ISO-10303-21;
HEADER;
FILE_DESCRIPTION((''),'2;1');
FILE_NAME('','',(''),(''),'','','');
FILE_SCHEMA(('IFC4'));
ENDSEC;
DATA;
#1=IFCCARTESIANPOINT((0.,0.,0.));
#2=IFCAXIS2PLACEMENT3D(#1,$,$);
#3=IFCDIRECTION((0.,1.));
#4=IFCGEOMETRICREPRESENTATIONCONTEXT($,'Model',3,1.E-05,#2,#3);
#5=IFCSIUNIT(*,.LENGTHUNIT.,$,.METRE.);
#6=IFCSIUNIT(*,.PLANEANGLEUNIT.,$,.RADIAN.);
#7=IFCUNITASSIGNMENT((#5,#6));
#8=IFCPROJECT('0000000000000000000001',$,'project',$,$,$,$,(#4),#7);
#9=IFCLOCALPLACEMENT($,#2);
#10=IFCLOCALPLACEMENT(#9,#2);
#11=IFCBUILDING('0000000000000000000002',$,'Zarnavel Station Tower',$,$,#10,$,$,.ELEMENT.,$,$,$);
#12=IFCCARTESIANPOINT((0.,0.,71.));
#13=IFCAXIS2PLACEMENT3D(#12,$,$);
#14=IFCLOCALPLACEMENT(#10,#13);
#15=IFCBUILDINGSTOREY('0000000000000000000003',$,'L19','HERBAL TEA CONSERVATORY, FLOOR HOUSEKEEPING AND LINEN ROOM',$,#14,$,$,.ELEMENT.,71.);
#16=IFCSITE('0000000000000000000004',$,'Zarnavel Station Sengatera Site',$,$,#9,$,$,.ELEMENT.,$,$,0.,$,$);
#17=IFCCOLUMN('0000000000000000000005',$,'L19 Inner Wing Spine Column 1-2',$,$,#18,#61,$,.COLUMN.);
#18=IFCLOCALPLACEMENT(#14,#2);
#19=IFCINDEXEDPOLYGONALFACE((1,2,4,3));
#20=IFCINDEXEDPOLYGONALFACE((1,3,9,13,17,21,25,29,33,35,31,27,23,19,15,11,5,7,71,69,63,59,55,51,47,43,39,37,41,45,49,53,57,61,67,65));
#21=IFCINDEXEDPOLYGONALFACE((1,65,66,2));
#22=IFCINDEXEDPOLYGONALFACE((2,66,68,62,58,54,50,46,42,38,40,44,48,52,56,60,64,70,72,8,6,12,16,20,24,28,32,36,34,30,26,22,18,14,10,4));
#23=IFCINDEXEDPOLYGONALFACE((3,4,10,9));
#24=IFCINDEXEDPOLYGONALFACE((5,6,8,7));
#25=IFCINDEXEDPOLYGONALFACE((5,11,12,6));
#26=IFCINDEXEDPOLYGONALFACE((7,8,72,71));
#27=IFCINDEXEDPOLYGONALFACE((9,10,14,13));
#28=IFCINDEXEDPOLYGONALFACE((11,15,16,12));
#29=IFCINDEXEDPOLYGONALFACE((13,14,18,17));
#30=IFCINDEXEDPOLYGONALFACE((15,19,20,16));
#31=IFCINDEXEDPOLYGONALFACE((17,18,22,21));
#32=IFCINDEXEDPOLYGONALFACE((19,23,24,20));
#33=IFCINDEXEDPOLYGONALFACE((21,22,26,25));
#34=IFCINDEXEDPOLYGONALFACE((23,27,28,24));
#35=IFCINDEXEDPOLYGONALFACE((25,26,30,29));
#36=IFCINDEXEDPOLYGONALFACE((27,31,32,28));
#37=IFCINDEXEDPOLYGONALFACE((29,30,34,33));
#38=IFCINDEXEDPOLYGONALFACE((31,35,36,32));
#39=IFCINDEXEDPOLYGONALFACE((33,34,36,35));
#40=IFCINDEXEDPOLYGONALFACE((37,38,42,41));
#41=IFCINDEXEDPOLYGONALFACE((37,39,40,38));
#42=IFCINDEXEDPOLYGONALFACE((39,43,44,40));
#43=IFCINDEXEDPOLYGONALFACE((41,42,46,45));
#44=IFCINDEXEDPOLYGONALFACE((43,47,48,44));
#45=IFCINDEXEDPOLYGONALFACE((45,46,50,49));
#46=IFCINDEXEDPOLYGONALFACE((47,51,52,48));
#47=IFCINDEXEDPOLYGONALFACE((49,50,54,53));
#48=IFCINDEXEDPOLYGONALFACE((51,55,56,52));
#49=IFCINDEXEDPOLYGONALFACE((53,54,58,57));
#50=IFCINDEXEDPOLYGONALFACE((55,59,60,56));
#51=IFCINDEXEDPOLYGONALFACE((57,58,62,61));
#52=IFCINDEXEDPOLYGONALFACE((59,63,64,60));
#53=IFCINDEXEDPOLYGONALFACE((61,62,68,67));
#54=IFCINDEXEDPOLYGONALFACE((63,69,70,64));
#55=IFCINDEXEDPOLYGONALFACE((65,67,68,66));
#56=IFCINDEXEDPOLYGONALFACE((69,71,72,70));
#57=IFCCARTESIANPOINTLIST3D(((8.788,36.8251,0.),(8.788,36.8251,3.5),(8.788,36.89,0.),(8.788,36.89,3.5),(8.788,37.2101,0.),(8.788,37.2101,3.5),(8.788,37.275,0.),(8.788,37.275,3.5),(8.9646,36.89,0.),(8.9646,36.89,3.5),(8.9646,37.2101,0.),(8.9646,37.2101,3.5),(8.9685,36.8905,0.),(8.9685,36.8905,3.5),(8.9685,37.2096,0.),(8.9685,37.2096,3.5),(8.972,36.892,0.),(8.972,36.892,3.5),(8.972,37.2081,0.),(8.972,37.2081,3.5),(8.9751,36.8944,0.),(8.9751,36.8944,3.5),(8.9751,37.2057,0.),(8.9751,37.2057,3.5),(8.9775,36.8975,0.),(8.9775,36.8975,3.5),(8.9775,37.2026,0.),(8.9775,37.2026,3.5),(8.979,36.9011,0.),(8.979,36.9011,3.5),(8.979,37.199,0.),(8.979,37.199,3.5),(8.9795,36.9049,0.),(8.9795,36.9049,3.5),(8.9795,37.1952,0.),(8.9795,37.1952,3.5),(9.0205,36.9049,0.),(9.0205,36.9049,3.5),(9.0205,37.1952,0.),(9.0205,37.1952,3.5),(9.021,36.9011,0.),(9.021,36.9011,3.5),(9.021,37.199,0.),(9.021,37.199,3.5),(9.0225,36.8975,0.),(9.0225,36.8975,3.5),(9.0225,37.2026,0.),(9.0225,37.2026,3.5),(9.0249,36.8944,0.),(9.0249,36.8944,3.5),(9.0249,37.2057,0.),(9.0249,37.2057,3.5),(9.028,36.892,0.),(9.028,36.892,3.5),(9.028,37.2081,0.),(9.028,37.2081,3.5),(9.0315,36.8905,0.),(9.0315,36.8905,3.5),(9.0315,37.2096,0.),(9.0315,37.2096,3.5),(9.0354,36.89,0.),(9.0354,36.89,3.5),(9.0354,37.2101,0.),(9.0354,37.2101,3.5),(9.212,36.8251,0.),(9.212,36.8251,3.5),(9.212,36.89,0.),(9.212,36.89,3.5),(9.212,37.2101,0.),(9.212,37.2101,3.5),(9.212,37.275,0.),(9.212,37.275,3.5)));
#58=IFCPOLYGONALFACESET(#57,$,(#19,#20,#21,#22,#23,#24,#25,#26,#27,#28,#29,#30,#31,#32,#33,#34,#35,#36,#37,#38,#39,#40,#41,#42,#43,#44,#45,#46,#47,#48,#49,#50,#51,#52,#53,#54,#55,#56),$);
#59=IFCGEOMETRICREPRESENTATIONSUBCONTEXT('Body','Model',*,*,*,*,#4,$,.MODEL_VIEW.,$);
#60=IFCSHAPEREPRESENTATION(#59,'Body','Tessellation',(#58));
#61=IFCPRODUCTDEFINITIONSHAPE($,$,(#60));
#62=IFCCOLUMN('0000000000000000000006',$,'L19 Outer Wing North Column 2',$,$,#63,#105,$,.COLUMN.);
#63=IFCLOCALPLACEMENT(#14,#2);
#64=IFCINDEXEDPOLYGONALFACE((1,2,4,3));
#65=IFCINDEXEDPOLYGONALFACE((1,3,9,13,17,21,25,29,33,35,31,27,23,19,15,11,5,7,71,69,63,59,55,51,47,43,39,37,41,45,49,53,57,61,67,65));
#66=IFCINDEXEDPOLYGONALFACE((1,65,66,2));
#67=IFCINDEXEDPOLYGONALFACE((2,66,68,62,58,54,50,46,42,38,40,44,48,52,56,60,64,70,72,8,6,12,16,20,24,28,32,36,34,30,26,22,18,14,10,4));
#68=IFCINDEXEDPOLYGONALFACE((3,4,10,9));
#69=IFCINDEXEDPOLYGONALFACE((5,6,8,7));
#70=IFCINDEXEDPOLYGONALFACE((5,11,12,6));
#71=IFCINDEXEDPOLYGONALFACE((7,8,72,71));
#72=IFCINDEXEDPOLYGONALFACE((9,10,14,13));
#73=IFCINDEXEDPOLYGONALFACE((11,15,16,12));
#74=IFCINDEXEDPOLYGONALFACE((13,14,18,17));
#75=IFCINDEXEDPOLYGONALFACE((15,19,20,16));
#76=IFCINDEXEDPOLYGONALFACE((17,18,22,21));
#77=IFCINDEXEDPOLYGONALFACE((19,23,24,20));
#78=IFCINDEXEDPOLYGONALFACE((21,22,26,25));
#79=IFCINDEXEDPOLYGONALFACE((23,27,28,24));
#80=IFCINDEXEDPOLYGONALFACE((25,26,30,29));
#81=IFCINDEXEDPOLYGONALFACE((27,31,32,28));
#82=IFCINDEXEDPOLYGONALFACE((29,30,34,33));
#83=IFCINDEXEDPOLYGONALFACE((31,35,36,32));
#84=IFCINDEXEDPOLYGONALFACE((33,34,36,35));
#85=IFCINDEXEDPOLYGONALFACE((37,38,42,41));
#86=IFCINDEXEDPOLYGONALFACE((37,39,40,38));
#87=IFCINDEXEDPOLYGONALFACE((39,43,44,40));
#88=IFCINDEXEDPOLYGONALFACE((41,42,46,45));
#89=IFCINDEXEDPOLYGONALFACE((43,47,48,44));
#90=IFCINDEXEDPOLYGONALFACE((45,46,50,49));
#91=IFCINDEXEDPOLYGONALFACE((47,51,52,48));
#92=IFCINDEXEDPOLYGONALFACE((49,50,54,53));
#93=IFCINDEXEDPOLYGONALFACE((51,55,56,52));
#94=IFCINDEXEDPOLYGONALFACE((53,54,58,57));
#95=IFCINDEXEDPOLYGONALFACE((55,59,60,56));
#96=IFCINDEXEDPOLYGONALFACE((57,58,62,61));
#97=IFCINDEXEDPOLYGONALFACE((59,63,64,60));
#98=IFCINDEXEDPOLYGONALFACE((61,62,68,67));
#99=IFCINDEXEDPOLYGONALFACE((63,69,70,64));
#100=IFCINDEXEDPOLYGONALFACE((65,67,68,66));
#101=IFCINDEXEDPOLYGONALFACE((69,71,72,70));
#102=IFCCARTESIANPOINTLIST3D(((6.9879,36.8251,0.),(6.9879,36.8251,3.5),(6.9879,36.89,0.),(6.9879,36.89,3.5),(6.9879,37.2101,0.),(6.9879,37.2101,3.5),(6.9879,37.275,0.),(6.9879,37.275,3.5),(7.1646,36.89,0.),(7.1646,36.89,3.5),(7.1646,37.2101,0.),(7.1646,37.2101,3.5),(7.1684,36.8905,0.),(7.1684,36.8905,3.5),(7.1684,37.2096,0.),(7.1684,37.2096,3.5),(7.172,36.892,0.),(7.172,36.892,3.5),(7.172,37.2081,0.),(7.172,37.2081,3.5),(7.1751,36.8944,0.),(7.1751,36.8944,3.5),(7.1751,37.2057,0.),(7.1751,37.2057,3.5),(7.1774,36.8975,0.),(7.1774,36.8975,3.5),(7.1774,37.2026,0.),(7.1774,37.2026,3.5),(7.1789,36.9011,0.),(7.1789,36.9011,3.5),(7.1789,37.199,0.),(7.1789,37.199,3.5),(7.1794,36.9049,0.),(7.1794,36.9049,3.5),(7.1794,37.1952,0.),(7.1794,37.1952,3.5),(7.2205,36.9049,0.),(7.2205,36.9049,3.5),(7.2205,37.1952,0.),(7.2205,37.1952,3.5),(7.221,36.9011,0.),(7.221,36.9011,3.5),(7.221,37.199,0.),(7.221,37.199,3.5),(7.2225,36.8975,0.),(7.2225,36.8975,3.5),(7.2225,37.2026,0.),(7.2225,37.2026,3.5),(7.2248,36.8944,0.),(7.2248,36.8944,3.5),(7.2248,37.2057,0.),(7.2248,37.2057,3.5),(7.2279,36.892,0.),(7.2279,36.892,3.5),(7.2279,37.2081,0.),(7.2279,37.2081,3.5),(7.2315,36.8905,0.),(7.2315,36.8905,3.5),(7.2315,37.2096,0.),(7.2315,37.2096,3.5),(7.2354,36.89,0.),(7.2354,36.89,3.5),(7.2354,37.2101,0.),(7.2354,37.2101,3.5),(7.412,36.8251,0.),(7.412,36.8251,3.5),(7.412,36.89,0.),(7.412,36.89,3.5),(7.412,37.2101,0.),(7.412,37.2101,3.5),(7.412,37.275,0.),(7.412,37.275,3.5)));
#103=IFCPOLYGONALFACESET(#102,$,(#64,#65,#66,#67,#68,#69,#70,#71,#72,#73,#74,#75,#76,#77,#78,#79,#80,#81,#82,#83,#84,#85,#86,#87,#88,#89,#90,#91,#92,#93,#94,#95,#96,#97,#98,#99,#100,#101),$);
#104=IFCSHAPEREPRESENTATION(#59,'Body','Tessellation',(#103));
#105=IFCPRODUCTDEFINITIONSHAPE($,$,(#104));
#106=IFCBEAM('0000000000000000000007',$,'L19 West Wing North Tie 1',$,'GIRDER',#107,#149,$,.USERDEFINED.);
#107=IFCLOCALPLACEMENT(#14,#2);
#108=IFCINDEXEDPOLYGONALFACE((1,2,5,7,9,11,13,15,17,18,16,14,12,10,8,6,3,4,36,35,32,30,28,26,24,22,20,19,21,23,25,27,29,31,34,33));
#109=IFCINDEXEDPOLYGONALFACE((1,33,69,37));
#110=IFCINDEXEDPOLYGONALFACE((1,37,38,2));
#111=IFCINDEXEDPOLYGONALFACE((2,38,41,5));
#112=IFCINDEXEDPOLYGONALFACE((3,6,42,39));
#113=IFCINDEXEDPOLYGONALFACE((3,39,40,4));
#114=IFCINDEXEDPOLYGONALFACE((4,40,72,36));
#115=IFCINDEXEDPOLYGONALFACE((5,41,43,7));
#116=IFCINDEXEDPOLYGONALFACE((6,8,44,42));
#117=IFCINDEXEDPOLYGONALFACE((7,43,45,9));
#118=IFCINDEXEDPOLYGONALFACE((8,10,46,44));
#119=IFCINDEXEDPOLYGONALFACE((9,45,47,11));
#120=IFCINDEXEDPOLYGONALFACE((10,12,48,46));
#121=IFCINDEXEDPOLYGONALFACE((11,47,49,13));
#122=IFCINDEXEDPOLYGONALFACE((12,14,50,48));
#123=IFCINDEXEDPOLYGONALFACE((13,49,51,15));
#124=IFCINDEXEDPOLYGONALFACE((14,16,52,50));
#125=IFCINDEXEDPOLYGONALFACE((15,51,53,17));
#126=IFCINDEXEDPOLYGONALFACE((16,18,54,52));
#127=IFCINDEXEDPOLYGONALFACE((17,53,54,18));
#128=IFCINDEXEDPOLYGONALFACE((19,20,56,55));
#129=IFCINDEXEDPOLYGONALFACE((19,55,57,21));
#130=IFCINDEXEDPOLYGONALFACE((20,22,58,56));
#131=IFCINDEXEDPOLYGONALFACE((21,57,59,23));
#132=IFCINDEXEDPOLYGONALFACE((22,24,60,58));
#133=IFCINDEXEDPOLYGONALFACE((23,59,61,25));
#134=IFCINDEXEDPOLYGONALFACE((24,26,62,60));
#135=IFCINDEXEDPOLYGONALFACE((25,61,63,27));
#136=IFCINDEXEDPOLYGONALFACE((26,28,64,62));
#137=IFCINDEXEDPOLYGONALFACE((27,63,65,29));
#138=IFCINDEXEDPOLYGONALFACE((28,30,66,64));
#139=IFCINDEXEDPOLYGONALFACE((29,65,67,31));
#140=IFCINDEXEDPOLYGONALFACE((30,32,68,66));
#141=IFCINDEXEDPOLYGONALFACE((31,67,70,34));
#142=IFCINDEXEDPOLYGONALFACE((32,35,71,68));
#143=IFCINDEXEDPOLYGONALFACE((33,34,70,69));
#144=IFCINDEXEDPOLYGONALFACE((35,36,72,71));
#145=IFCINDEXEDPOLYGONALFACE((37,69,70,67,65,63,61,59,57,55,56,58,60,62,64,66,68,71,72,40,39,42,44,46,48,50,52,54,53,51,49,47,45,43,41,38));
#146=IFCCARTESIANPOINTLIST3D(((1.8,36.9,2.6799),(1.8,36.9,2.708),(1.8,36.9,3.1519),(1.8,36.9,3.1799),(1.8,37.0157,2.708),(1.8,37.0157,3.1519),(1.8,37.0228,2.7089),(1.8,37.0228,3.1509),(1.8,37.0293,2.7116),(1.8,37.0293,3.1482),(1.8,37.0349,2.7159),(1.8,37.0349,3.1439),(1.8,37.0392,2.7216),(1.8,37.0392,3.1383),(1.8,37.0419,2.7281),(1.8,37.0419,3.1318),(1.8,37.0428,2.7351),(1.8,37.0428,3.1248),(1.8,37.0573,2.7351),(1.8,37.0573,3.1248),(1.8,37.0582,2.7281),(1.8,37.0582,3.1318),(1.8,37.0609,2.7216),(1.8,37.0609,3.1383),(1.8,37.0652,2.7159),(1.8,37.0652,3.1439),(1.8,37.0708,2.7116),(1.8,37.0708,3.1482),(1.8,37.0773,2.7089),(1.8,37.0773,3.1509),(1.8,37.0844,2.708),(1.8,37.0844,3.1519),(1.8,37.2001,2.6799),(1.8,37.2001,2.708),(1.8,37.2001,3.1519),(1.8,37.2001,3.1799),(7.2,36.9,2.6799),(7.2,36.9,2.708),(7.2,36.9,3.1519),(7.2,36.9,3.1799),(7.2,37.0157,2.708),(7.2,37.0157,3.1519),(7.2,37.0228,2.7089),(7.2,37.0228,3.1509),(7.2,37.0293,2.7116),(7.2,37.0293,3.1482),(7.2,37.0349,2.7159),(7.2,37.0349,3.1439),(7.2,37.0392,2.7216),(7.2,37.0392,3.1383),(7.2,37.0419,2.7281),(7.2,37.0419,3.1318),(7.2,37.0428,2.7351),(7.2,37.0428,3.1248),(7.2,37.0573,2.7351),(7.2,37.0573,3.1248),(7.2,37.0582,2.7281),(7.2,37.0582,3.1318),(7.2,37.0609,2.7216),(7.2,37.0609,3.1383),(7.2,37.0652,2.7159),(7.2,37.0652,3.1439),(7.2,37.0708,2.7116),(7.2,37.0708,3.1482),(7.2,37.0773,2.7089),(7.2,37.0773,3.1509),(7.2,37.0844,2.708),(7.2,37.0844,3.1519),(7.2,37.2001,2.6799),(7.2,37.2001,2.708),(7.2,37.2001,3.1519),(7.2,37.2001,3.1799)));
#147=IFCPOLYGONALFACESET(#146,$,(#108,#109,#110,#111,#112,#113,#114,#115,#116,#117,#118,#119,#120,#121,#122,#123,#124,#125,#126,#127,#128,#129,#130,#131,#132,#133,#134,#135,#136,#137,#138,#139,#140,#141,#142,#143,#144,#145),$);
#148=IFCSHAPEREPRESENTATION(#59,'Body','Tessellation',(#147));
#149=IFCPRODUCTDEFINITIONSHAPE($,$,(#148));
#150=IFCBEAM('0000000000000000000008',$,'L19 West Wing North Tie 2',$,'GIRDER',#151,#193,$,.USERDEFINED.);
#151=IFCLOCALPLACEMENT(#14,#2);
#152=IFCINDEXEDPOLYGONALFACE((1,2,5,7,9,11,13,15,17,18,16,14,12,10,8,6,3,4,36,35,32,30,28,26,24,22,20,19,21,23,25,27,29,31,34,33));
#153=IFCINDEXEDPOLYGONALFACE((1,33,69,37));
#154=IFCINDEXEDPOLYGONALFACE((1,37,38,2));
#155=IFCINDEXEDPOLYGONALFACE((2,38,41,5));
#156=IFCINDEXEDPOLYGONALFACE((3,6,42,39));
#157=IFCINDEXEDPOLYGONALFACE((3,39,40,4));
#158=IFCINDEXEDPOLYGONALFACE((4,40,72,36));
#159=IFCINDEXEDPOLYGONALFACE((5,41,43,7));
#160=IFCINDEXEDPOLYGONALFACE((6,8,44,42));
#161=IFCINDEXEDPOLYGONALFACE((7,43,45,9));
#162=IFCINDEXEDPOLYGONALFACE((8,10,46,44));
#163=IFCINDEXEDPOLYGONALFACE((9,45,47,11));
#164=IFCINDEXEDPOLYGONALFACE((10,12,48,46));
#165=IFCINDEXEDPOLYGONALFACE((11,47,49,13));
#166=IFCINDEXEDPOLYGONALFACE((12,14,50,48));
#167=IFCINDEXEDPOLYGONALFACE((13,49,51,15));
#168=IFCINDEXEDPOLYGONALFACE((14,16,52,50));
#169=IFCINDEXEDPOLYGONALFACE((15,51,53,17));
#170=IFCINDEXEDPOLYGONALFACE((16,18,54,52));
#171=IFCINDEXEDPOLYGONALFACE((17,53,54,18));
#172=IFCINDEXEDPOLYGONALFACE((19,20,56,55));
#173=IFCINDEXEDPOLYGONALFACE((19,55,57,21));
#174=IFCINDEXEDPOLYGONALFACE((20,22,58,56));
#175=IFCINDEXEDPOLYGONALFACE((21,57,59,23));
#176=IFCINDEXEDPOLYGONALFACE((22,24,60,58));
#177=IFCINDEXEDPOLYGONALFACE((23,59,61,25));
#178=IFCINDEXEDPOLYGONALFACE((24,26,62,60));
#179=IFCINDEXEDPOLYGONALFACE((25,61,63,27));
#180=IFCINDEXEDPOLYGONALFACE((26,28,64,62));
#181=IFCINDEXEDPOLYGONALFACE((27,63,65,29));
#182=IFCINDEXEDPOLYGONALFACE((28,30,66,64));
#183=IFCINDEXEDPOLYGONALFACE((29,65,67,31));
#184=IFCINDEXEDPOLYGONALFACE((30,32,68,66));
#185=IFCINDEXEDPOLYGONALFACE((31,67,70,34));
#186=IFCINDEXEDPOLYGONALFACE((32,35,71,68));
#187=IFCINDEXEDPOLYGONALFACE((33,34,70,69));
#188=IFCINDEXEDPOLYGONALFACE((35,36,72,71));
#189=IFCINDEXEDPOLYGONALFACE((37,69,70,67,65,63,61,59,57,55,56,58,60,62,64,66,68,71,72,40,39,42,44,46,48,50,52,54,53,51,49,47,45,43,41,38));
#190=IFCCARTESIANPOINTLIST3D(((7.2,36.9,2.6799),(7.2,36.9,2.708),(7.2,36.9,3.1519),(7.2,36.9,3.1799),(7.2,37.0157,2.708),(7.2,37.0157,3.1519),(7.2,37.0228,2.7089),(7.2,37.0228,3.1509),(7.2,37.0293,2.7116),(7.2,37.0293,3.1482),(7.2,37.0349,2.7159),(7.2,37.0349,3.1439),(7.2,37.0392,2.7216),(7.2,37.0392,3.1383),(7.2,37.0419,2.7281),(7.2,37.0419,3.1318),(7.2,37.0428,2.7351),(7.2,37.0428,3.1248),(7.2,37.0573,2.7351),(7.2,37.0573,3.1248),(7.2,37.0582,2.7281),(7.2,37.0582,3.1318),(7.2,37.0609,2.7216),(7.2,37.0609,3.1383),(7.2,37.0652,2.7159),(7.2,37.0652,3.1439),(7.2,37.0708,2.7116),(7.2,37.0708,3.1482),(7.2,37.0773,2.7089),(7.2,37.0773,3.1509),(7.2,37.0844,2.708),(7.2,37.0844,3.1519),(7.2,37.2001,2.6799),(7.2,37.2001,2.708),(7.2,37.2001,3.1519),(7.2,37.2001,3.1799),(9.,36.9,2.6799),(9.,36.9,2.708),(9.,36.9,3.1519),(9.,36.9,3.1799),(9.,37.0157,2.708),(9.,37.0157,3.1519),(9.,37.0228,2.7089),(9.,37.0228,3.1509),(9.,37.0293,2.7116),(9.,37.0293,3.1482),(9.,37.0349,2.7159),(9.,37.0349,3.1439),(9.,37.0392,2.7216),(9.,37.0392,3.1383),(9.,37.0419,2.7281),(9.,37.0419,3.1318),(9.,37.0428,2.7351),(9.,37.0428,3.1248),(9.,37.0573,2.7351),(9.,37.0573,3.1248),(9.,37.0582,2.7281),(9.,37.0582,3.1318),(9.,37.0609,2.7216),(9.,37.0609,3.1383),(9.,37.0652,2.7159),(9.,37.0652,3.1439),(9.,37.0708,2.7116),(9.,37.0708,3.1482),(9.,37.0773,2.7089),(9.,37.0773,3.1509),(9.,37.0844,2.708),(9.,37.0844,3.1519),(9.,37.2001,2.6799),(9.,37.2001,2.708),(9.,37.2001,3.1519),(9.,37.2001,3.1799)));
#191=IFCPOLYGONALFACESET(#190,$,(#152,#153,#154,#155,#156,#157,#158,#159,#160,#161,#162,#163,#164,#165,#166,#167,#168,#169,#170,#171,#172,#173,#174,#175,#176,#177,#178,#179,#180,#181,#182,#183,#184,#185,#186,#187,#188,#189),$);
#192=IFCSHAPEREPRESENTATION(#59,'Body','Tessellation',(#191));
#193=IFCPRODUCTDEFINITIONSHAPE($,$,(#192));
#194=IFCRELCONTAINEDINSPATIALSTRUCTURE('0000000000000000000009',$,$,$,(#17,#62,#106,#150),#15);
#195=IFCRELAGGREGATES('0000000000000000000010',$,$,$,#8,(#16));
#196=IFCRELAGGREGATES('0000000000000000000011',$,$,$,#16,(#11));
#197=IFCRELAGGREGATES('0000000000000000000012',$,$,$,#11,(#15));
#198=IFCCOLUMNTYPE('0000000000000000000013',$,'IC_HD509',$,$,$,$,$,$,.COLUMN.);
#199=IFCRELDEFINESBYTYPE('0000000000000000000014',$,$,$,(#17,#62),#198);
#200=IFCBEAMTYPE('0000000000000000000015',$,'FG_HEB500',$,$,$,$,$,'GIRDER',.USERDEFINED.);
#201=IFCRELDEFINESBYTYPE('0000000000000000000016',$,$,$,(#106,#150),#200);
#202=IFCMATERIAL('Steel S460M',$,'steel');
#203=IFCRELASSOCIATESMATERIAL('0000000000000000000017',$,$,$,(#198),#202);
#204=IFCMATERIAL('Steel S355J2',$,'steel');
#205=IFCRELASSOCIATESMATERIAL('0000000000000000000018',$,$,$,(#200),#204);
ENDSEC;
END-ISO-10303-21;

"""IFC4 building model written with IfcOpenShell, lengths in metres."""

from ifc_helpers import new_model, si_unit, direction, frame, origin, origin_2d, place, context, subcontext, project, spatial, i_section, extrude, material, material_profile, profile_set, type_object, element, save


model = new_model("IFC4")

# Units and contexts
model_context = context("Model", 3, precision=1e-05, world=origin(), true_north=direction((0.0, 1.0)))
body_context = subcontext(model_context, "Body", "Model", "MODEL_VIEW")
ifc_project = project(units=[si_unit("LENGTHUNIT", "METRE"), si_unit("PLANEANGLEUNIT", "RADIAN")], contexts=[model_context])

# Site, building, storey
site_placement = place(None, origin())
site = spatial("IfcSite", under=ifc_project, at=site_placement, Name="Zarnavel Station Sengatera Site", CompositionType="ELEMENT", RefElevation=0.0)
building_placement = place(site_placement, origin())
building = spatial("IfcBuilding", under=site, at=building_placement, Name="Zarnavel Station Tower", CompositionType="ELEMENT")
storey_placement = place(building_placement, frame((0.0, 0.0, 71.0)))
storey = spatial("IfcBuildingStorey", under=building, at=storey_placement, Name="L19", Description="HERBAL TEA CONSERVATORY, FLOOR HOUSEKEEPING AND LINEN ROOM", CompositionType="ELEMENT", Elevation=71.0)

# Columns
ifc_material_1 = material(Name="Steel S460M", Category="steel")
ifc_material_profile_1 = material_profile(ifc_material_1, i_section(OverallWidth=0.4241, OverallDepth=0.45, WebThickness=0.041, FlangeThickness=0.0649, FilletRadius=0.0149, at=origin_2d()), Name="HD400x509")
ifc_profile_set_1 = profile_set([ifc_material_profile_1], Name="Steel S460M")
column_type = type_object("IfcColumnType", Name="IC_HD509", PredefinedType="COLUMN", material=ifc_profile_set_1)
for number, where, z_axis, x_axis, name in (
    (1, (9.0, 37.05, 0.0), (0.0, 0.0, 1.0), (1.0, 0.0, 0.0), "L19 Inner Wing Spine Column 1-2"),
    (2, (7.2, 37.05, 0.0), (0.0, 0.0, 1.0), (1.0, 0.0, 0.0), "L19 Outer Wing North Column 2"),
):
    element("IfcColumn", number, at=place(storey_placement, frame(where, z_axis=z_axis, x_axis=x_axis)), inside=storey, type_object=column_type, Name=name, PredefinedType="COLUMN", context=body_context, shape_type="SweptSolid", body=[
        extrude(i_section(OverallWidth=0.4241, OverallDepth=0.45, WebThickness=0.041, FlangeThickness=0.0649, FilletRadius=0.0149, at=origin_2d()), origin(), (0.0, 0.0, 1.0), 3.5),
    ])

# Beams
ifc_material_2 = material(Name="Steel S355J2", Category="steel")
ifc_material_profile_2 = material_profile(ifc_material_2, i_section(OverallWidth=0.3, OverallDepth=0.5, WebThickness=0.0144, FlangeThickness=0.0281, FilletRadius=0.0271, at=origin_2d()), Name="HEB500")
ifc_profile_set_2 = profile_set([ifc_material_profile_2], Name="Steel S355J2")
beam_type = type_object("IfcBeamType", Name="FG_HEB500", ElementType="GIRDER", PredefinedType="USERDEFINED", material=ifc_profile_set_2)
beam_1_placement = place(storey_placement, frame((1.8, 37.05, 2.9299), z_axis=(1.0, 0.0, 0.0), x_axis=(0.0, 1.0, 0.0)))
element("IfcBeam", 3, at=beam_1_placement, inside=storey, type_object=beam_type, Name="L19 West Wing North Tie 1", ObjectType="GIRDER", PredefinedType="USERDEFINED", context=body_context, shape_type="SweptSolid", body=[
    extrude(i_section(OverallWidth=0.3, OverallDepth=0.5, WebThickness=0.0144, FlangeThickness=0.0281, FilletRadius=0.0271, at=origin_2d()), origin(), (0.0, 0.0, 1.0), 5.3999),
])
beam_2_placement = place(storey_placement, frame((7.2, 37.05, 2.9299), z_axis=(1.0, 0.0, 0.0), x_axis=(0.0, 1.0, 0.0)))
element("IfcBeam", 4, at=beam_2_placement, inside=storey, type_object=beam_type, Name="L19 West Wing North Tie 2", ObjectType="GIRDER", PredefinedType="USERDEFINED", context=body_context, shape_type="SweptSolid", body=[
    extrude(i_section(OverallWidth=0.3, OverallDepth=0.5, WebThickness=0.0144, FlangeThickness=0.0281, FilletRadius=0.0271, at=origin_2d()), origin(), (0.0, 0.0, 1.0), 1.8),
])

save(model, "model.ifc")
